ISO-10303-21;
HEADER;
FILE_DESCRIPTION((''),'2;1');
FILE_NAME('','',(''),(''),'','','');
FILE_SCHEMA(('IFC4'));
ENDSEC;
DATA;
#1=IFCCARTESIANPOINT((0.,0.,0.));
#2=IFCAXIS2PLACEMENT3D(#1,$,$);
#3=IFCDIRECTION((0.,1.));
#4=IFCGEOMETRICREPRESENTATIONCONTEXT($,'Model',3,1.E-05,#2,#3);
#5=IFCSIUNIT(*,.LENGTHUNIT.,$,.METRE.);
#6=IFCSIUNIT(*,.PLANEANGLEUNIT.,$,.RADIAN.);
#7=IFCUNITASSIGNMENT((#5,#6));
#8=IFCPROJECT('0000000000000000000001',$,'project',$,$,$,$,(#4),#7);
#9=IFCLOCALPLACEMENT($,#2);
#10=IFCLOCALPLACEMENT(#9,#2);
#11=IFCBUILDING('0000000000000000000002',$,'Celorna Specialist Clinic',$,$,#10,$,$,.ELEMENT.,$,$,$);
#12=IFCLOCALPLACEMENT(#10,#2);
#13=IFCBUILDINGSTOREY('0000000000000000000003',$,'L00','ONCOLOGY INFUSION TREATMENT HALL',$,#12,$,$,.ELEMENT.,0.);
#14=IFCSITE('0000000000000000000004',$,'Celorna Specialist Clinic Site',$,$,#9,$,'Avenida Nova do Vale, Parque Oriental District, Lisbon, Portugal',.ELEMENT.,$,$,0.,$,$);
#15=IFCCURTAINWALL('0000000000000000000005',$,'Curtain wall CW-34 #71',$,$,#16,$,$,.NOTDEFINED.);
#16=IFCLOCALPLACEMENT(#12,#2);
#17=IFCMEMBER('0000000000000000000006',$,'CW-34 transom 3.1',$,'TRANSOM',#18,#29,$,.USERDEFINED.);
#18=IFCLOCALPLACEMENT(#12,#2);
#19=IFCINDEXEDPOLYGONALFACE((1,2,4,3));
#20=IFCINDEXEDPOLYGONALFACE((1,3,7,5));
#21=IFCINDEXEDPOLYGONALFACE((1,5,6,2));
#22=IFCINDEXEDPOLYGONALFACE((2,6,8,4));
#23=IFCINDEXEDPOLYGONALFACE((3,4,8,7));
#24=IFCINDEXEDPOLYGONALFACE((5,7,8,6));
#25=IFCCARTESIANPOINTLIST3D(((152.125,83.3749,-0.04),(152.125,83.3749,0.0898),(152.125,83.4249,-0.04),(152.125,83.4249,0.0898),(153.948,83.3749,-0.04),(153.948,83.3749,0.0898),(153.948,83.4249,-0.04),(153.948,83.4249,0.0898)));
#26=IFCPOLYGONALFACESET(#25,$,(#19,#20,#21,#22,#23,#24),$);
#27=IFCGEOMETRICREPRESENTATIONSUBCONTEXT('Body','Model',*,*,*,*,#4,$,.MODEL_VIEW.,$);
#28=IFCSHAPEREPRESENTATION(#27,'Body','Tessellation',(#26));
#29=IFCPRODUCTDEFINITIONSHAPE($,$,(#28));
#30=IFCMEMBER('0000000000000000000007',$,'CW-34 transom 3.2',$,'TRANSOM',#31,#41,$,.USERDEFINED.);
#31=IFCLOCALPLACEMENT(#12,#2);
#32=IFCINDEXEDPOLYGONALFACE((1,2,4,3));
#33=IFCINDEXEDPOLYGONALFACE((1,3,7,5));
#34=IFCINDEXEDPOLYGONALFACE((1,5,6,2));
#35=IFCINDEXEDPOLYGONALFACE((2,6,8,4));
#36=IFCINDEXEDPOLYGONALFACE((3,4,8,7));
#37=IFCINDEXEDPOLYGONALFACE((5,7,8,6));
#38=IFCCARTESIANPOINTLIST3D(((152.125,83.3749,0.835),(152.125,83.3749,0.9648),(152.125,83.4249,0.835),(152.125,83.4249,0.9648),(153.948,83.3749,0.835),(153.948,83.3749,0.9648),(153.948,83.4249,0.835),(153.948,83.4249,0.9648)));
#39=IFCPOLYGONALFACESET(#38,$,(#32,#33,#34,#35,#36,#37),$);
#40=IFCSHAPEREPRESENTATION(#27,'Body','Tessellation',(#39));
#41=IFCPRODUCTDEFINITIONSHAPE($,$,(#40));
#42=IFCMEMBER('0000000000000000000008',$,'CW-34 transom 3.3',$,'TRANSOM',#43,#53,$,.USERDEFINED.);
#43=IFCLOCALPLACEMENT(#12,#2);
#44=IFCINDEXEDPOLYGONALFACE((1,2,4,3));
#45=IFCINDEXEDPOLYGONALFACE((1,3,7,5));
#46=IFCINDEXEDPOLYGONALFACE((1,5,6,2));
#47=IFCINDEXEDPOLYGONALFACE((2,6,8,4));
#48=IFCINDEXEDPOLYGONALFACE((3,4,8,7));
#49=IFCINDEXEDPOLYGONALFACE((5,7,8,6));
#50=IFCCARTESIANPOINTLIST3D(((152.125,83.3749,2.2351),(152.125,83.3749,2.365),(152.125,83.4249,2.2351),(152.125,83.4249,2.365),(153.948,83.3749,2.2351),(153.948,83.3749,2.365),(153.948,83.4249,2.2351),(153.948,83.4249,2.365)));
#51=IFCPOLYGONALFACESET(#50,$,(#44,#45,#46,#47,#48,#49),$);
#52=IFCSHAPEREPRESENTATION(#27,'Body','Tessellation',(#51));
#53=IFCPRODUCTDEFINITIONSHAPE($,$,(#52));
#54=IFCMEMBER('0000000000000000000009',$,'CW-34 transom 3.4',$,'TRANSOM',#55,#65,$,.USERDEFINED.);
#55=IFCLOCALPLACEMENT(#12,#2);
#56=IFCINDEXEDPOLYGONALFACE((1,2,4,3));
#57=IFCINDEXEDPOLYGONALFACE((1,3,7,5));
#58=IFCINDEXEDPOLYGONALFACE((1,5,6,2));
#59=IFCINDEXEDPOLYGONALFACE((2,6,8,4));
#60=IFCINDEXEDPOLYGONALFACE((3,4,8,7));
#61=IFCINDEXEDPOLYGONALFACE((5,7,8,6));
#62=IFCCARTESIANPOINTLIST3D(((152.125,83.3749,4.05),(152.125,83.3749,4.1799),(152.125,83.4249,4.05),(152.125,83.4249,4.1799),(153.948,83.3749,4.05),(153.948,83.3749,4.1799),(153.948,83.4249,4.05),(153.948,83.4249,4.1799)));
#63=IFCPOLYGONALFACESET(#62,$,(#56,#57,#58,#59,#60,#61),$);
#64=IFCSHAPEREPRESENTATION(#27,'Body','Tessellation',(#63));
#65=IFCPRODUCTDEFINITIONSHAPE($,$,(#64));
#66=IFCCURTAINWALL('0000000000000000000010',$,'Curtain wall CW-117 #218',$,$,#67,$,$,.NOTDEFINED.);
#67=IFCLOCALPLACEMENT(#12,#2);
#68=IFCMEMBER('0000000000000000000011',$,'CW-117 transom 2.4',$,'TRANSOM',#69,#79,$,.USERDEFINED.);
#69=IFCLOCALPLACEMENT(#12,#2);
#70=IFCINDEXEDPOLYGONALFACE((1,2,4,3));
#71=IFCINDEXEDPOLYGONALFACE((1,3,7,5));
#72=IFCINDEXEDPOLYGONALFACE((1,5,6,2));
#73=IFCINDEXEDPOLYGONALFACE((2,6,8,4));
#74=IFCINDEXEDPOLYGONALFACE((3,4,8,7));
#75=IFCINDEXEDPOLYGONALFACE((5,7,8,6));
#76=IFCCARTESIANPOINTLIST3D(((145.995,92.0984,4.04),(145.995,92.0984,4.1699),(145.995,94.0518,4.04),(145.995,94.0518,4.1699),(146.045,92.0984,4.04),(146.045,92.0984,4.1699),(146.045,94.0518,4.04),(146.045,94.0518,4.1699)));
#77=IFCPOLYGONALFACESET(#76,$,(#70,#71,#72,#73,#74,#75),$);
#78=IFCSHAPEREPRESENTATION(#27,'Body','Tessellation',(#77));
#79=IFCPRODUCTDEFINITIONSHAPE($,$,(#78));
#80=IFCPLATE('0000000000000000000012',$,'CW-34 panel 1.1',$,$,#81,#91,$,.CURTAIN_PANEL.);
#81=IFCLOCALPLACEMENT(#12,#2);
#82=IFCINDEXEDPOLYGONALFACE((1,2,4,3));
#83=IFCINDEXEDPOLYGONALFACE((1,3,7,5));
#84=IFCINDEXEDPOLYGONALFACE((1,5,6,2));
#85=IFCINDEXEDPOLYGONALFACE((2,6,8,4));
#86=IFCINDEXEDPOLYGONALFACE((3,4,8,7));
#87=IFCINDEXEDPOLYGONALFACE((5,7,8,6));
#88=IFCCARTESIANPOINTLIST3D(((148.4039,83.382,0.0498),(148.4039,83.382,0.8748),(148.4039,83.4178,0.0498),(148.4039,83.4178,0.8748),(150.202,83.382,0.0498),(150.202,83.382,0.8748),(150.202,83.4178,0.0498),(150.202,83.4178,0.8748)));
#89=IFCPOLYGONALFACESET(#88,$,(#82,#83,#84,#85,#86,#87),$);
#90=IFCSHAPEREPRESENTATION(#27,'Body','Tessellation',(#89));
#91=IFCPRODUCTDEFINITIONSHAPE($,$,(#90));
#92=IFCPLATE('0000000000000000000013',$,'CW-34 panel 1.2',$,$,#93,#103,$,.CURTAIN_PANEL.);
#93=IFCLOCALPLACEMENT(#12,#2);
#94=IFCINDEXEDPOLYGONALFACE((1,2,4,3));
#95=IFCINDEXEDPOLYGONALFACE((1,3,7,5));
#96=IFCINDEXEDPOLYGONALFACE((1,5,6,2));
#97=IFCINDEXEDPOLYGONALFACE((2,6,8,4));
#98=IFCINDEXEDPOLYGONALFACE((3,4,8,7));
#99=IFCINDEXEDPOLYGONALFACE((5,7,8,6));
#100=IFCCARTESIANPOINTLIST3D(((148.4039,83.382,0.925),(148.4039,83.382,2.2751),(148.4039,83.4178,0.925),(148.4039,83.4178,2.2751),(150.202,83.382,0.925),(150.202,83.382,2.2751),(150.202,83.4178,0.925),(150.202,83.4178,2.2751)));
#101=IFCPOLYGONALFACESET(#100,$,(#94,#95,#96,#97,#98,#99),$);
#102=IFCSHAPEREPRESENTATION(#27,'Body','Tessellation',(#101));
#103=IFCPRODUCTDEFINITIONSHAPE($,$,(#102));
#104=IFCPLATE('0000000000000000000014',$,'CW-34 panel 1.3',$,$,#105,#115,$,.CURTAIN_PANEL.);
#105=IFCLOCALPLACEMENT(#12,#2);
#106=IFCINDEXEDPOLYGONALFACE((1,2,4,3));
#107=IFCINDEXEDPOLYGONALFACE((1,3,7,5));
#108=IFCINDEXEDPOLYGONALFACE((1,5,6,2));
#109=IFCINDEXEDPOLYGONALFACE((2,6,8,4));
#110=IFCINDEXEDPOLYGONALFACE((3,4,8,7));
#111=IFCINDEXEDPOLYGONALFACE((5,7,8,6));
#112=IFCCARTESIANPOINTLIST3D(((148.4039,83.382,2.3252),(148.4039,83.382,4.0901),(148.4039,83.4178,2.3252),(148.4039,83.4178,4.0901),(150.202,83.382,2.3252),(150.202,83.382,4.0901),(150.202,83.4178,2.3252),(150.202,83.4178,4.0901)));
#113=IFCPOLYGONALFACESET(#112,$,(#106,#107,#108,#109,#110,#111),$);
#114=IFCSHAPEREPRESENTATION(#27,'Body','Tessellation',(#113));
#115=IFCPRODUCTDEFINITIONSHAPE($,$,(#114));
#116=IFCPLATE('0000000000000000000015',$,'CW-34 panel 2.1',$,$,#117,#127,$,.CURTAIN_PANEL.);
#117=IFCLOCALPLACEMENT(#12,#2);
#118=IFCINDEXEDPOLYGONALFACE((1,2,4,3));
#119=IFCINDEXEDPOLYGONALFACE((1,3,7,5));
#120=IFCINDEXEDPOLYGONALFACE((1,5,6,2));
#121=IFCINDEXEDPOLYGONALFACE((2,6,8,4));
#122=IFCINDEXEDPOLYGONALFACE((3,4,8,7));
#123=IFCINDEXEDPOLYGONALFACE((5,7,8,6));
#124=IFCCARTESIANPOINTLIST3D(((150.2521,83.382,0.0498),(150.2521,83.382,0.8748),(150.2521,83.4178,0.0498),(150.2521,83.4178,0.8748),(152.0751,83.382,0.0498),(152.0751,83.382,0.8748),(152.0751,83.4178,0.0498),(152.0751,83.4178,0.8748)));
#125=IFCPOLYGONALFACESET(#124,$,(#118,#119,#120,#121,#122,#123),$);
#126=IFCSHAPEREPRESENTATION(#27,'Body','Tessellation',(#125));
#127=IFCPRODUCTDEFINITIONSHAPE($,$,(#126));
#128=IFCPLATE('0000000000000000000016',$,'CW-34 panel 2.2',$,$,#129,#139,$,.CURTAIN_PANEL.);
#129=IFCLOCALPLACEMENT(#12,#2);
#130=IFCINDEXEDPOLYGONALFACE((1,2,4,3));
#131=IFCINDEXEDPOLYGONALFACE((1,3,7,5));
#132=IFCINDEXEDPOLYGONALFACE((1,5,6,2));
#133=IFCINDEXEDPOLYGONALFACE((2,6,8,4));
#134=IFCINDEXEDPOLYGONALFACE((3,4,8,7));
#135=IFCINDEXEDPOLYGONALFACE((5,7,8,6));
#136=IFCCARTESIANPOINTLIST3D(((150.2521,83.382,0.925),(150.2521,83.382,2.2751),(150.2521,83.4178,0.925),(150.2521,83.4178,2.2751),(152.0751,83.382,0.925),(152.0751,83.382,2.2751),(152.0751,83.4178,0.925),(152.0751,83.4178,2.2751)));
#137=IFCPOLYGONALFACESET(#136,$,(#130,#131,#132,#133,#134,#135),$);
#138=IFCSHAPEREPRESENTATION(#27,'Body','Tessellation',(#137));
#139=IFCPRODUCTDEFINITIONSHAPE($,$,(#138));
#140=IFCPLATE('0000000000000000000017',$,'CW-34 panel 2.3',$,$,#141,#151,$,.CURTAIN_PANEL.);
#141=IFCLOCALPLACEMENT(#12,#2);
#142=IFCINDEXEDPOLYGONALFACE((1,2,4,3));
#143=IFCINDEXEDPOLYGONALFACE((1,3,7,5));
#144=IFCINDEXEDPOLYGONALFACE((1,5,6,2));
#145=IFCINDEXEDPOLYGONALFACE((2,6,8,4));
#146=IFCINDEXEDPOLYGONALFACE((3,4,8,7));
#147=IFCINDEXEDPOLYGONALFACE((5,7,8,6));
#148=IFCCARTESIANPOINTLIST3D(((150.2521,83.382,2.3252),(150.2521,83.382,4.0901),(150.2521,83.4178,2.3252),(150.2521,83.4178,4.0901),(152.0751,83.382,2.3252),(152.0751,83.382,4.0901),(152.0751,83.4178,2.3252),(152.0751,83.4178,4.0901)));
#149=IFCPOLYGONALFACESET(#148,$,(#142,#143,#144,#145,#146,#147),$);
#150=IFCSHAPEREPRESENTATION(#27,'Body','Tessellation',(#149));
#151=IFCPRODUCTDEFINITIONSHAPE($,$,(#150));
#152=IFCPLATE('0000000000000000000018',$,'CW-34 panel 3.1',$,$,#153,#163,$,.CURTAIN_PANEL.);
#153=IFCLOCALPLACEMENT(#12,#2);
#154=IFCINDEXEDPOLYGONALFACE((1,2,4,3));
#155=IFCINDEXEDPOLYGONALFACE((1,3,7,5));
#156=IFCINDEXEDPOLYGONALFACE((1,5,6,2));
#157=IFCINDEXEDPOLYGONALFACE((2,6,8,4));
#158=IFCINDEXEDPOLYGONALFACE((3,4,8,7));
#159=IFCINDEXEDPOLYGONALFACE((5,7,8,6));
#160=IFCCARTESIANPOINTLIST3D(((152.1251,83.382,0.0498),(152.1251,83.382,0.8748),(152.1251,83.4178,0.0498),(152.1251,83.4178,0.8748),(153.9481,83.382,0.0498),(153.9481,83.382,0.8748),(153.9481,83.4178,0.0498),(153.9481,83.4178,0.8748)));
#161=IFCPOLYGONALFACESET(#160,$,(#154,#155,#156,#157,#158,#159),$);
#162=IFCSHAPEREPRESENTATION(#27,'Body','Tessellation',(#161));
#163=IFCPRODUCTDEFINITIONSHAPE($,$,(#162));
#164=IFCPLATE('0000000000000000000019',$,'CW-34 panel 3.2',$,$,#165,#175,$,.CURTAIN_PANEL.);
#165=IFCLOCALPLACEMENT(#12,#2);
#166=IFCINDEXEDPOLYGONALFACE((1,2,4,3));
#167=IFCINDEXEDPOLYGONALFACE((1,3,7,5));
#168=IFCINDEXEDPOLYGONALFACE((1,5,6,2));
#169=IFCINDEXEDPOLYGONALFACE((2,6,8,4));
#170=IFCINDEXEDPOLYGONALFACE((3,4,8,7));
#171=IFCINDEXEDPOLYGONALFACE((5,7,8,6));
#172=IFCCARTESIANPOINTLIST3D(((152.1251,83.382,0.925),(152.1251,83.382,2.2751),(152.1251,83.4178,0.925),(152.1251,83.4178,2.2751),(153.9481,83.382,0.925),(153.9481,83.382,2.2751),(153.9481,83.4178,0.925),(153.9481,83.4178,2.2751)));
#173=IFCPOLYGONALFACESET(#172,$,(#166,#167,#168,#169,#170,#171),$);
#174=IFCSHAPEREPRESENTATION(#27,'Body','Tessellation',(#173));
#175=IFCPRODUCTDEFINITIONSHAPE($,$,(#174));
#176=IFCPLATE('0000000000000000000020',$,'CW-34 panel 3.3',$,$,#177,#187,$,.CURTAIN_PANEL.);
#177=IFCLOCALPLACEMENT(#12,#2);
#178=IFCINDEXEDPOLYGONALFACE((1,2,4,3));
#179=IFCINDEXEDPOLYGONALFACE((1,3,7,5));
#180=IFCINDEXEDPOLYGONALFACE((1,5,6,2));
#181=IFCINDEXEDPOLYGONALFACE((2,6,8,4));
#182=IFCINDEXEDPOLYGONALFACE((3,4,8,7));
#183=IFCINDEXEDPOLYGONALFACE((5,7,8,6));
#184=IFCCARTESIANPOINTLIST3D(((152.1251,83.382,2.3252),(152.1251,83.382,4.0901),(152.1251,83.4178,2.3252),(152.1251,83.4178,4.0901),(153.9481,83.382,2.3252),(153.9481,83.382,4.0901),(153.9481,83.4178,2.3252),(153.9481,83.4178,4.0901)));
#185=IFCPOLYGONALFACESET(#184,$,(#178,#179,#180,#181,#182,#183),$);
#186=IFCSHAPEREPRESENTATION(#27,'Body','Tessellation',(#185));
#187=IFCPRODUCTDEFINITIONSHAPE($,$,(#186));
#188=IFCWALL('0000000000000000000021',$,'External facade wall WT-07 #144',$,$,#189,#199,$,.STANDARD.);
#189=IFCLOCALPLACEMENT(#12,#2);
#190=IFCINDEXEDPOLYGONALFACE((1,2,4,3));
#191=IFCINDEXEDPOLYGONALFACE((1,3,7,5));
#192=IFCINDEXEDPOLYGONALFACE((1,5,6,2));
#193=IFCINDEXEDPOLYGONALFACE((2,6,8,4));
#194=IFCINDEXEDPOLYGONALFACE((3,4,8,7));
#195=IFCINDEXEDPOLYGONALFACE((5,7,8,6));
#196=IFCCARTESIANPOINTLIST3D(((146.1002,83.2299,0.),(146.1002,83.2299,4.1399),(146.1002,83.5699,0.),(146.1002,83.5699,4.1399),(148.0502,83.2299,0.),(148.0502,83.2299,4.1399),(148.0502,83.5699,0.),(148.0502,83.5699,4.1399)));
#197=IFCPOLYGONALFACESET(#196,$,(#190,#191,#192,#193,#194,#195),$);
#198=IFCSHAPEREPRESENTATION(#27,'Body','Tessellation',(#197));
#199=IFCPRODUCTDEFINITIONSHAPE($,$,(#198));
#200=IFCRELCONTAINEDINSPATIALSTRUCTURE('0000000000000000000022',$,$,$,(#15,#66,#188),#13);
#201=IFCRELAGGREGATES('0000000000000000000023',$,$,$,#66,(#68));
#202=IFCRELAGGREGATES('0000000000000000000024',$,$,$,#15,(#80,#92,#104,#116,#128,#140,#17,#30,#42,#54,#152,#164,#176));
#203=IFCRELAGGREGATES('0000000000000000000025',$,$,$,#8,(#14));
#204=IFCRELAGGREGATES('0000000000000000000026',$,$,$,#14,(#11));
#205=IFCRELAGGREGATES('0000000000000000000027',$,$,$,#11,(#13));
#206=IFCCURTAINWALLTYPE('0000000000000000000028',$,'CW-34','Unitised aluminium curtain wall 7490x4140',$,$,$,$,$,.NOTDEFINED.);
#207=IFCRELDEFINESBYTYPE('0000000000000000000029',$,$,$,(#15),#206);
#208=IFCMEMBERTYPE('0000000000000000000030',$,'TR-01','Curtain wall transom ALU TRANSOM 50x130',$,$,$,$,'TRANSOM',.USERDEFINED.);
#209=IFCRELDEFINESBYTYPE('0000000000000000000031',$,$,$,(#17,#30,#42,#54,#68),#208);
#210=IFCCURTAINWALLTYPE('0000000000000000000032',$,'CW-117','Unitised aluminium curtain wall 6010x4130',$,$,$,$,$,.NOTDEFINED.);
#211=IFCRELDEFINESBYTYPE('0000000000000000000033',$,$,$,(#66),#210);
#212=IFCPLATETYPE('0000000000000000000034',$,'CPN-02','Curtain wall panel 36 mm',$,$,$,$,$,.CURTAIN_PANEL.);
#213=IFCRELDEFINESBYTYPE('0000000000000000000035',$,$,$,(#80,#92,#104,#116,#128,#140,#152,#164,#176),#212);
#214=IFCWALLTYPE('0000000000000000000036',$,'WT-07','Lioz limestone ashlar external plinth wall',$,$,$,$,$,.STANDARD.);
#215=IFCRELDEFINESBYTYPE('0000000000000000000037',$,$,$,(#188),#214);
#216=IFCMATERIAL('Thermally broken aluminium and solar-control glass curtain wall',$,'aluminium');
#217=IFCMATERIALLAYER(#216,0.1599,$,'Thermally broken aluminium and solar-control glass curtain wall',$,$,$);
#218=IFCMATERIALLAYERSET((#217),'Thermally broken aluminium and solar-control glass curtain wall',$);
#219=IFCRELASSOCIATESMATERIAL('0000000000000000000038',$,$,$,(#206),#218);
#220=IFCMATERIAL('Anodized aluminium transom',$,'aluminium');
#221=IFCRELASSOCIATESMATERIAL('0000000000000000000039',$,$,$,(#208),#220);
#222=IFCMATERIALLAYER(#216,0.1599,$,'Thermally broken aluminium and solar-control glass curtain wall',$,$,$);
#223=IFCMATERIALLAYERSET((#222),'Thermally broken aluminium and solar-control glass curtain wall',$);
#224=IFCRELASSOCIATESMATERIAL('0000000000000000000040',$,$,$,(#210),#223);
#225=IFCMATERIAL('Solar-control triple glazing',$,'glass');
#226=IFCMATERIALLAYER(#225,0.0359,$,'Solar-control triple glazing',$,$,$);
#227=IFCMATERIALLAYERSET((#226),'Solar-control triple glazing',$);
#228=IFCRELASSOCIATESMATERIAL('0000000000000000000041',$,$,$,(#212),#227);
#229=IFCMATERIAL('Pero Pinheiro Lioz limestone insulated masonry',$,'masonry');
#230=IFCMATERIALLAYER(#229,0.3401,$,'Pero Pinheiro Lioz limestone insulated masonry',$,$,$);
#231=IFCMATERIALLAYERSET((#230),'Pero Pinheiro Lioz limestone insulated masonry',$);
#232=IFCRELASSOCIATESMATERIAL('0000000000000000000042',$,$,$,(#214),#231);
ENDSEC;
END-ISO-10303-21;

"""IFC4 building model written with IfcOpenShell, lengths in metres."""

from ifc_helpers import new_model, si_unit, direction, frame, frame_2d, origin, origin_2d, place, context, subcontext, project, spatial, rectangle, extrude, material, layer, layer_set, material_profile, profile_set, type_object, element, aggregate, save


model = new_model("IFC4")

# Units and contexts
model_context = context("Model", 3, precision=1e-05, world=origin(), true_north=direction((0.0, 1.0)))
body_context = subcontext(model_context, "Body", "Model", "MODEL_VIEW")
ifc_project = project(units=[si_unit("LENGTHUNIT", "METRE"), si_unit("PLANEANGLEUNIT", "RADIAN")], contexts=[model_context])

# Site, building, storey
site_placement = place(None, origin())
site = spatial("IfcSite", under=ifc_project, at=site_placement, Name="Celorna Specialist Clinic Site", LongName="Avenida Nova do Vale, Parque Oriental District, Lisbon, Portugal", CompositionType="ELEMENT", RefElevation=0.0)
building_placement = place(site_placement, origin())
building = spatial("IfcBuilding", under=site, at=building_placement, Name="Celorna Specialist Clinic", CompositionType="ELEMENT")
storey_placement = place(building_placement, origin())
storey = spatial("IfcBuildingStorey", under=building, at=storey_placement, Name="L00", Description="ONCOLOGY INFUSION TREATMENT HALL", CompositionType="ELEMENT", Elevation=0.0)

# Curtain wall, members
ifc_material_1 = material(Name="Thermally broken aluminium and solar-control glass curtain wall", Category="aluminium")
ifc_layer_1 = layer(ifc_material_1, 0.1599, Name="Thermally broken aluminium and solar-control glass curtain wall")
ifc_layer_set_1 = layer_set([ifc_layer_1], Name="Thermally broken aluminium and solar-control glass curtain wall")
curtain_wall_type_1 = type_object("IfcCurtainWallType", Name="CW-34", Description="Unitised aluminium curtain wall 7490x4140", PredefinedType="NOTDEFINED", material=ifc_layer_set_1)
curtain_wall_1_placement = place(storey_placement, origin())
curtain_wall_1 = element("IfcCurtainWall", 1, at=curtain_wall_1_placement, inside=storey, type_object=curtain_wall_type_1, Name="Curtain wall CW-34 #71", PredefinedType="NOTDEFINED")
ifc_material_2 = material(Name="Anodized aluminium transom", Category="aluminium")
ifc_material_profile_1 = material_profile(ifc_material_2, rectangle(XDim=0.05, YDim=0.1299, at=origin_2d()), Name="ALU TRANSOM 50x130")
ifc_profile_set_1 = profile_set([ifc_material_profile_1], Name="Anodized aluminium transom")
member_type_1 = type_object("IfcMemberType", Name="TR-01", Description="Curtain wall transom ALU TRANSOM 50x130", ElementType="TRANSOM", PredefinedType="USERDEFINED", material=ifc_profile_set_1)
member_1_placement = place(storey_placement, frame((152.125, 83.3999, 0.0249), z_axis=(1.0, 0.0, 0.0), x_axis=(0.0, 1.0, 0.0)))
member_1 = element("IfcMember", 2, at=member_1_placement, type_object=member_type_1, Name="CW-34 transom 3.1", ObjectType="TRANSOM", PredefinedType="USERDEFINED", context=body_context, shape_type="SweptSolid", body=[
    extrude(rectangle(XDim=0.05, YDim=0.1299, at=origin_2d()), origin(), (0.0, 0.0, 1.0), 1.823),
])
member_2_placement = place(storey_placement, frame((152.125, 83.3999, 0.8999), z_axis=(1.0, 0.0, 0.0), x_axis=(0.0, 1.0, 0.0)))
member_2 = element("IfcMember", 3, at=member_2_placement, type_object=member_type_1, Name="CW-34 transom 3.2", ObjectType="TRANSOM", PredefinedType="USERDEFINED", context=body_context, shape_type="SweptSolid", body=[
    extrude(rectangle(XDim=0.05, YDim=0.1299, at=origin_2d()), origin(), (0.0, 0.0, 1.0), 1.823),
])
member_3_placement = place(storey_placement, frame((152.125, 83.3999, 2.3), z_axis=(1.0, 0.0, 0.0), x_axis=(0.0, 1.0, 0.0)))
member_3 = element("IfcMember", 4, at=member_3_placement, type_object=member_type_1, Name="CW-34 transom 3.3", ObjectType="TRANSOM", PredefinedType="USERDEFINED", context=body_context, shape_type="SweptSolid", body=[
    extrude(rectangle(XDim=0.05, YDim=0.1299, at=origin_2d()), origin(), (0.0, 0.0, 1.0), 1.823),
])
member_4_placement = place(storey_placement, frame((152.125, 83.3999, 4.115), z_axis=(1.0, 0.0, 0.0), x_axis=(0.0, 1.0, 0.0)))
member_4 = element("IfcMember", 5, at=member_4_placement, type_object=member_type_1, Name="CW-34 transom 3.4", ObjectType="TRANSOM", PredefinedType="USERDEFINED", context=body_context, shape_type="SweptSolid", body=[
    extrude(rectangle(XDim=0.05, YDim=0.1299, at=origin_2d()), origin(), (0.0, 0.0, 1.0), 1.823),
])

# Curtain wall, member
ifc_layer_2 = layer(ifc_material_1, 0.1599, Name="Thermally broken aluminium and solar-control glass curtain wall")
ifc_layer_set_2 = layer_set([ifc_layer_2], Name="Thermally broken aluminium and solar-control glass curtain wall")
curtain_wall_type_2 = type_object("IfcCurtainWallType", Name="CW-117", Description="Unitised aluminium curtain wall 6010x4130", PredefinedType="NOTDEFINED", material=ifc_layer_set_2)
curtain_wall_2_placement = place(storey_placement, origin())
curtain_wall_2 = element("IfcCurtainWall", 6, at=curtain_wall_2_placement, inside=storey, type_object=curtain_wall_type_2, Name="Curtain wall CW-117 #218", PredefinedType="NOTDEFINED")
member_5_placement = place(storey_placement, frame((146.02, 94.0518, 4.105), z_axis=(0.0, -1.0, 0.0), x_axis=(1.0, 0.0, 0.0)))
member_5 = element("IfcMember", 7, at=member_5_placement, type_object=member_type_1, Name="CW-117 transom 2.4", ObjectType="TRANSOM", PredefinedType="USERDEFINED", context=body_context, shape_type="SweptSolid", body=[
    extrude(rectangle(XDim=0.05, YDim=0.1299, at=origin_2d()), origin(), (0.0, 0.0, 1.0), 1.9534),
])
aggregate(curtain_wall_2, [member_5])

# Plates
ifc_material_3 = material(Name="Solar-control triple glazing", Category="glass")
ifc_layer_3 = layer(ifc_material_3, 0.0359, Name="Solar-control triple glazing")
ifc_layer_set_3 = layer_set([ifc_layer_3], Name="Solar-control triple glazing")
plate_type = type_object("IfcPlateType", Name="CPN-02", Description="Curtain wall panel 36 mm", PredefinedType="CURTAIN_PANEL", material=ifc_layer_set_3)
plate_1_placement = place(storey_placement, frame((149.303, 83.3999, 0.0498), z_axis=(0.0, 0.0, 1.0), x_axis=(1.0, 0.0, 0.0)))
plate_1 = element("IfcPlate", 8, at=plate_1_placement, type_object=plate_type, Name="CW-34 panel 1.1", PredefinedType="CURTAIN_PANEL", context=body_context, shape_type="SweptSolid", body=[
    extrude(rectangle(XDim=1.7981, YDim=0.0359, at=origin_2d()), origin(), (0.0, 0.0, 1.0), 0.825),
])
plate_2_placement = place(storey_placement, frame((149.303, 83.3999, 0.925), z_axis=(0.0, 0.0, 1.0), x_axis=(1.0, 0.0, 0.0)))
plate_2 = element("IfcPlate", 9, at=plate_2_placement, type_object=plate_type, Name="CW-34 panel 1.2", PredefinedType="CURTAIN_PANEL", context=body_context, shape_type="SweptSolid", body=[
    extrude(rectangle(XDim=1.7981, YDim=0.0359, at=origin_2d()), origin(), (0.0, 0.0, 1.0), 1.3501),
])
plate_3_placement = place(storey_placement, frame((149.303, 83.3999, 2.3252), z_axis=(0.0, 0.0, 1.0), x_axis=(1.0, 0.0, 0.0)))
plate_3 = element("IfcPlate", 10, at=plate_3_placement, type_object=plate_type, Name="CW-34 panel 1.3", PredefinedType="CURTAIN_PANEL", context=body_context, shape_type="SweptSolid", body=[
    extrude(rectangle(XDim=1.7981, YDim=0.0359, at=origin_2d()), origin(), (0.0, 0.0, 1.0), 1.7649),
])
plate_4_placement = place(storey_placement, frame((151.1636, 83.3999, 0.0498), z_axis=(0.0, 0.0, 1.0), x_axis=(1.0, 0.0, 0.0)))
plate_4 = element("IfcPlate", 11, at=plate_4_placement, type_object=plate_type, Name="CW-34 panel 2.1", PredefinedType="CURTAIN_PANEL", context=body_context, shape_type="SweptSolid", body=[
    extrude(rectangle(XDim=1.823, YDim=0.0359, at=origin_2d()), origin(), (0.0, 0.0, 1.0), 0.825),
])
plate_5_placement = place(storey_placement, frame((151.1636, 83.3999, 0.925), z_axis=(0.0, 0.0, 1.0), x_axis=(1.0, 0.0, 0.0)))
plate_5 = element("IfcPlate", 12, at=plate_5_placement, type_object=plate_type, Name="CW-34 panel 2.2", PredefinedType="CURTAIN_PANEL", context=body_context, shape_type="SweptSolid", body=[
    extrude(rectangle(XDim=1.823, YDim=0.0359, at=origin_2d()), origin(), (0.0, 0.0, 1.0), 1.3501),
])
plate_6_placement = place(storey_placement, frame((151.1636, 83.3999, 2.3252), z_axis=(0.0, 0.0, 1.0), x_axis=(1.0, 0.0, 0.0)))
plate_6 = element("IfcPlate", 13, at=plate_6_placement, type_object=plate_type, Name="CW-34 panel 2.3", PredefinedType="CURTAIN_PANEL", context=body_context, shape_type="SweptSolid", body=[
    extrude(rectangle(XDim=1.823, YDim=0.0359, at=origin_2d()), origin(), (0.0, 0.0, 1.0), 1.7649),
])
plate_7_placement = place(storey_placement, frame((153.0366, 83.3999, 0.0498), z_axis=(0.0, 0.0, 1.0), x_axis=(1.0, 0.0, 0.0)))
plate_7 = element("IfcPlate", 14, at=plate_7_placement, type_object=plate_type, Name="CW-34 panel 3.1", PredefinedType="CURTAIN_PANEL", context=body_context, shape_type="SweptSolid", body=[
    extrude(rectangle(XDim=1.823, YDim=0.0359, at=origin_2d()), origin(), (0.0, 0.0, 1.0), 0.825),
])
plate_8_placement = place(storey_placement, frame((153.0366, 83.3999, 0.925), z_axis=(0.0, 0.0, 1.0), x_axis=(1.0, 0.0, 0.0)))
plate_8 = element("IfcPlate", 15, at=plate_8_placement, type_object=plate_type, Name="CW-34 panel 3.2", PredefinedType="CURTAIN_PANEL", context=body_context, shape_type="SweptSolid", body=[
    extrude(rectangle(XDim=1.823, YDim=0.0359, at=origin_2d()), origin(), (0.0, 0.0, 1.0), 1.3501),
])
plate_9_placement = place(storey_placement, frame((153.0366, 83.3999, 2.3252), z_axis=(0.0, 0.0, 1.0), x_axis=(1.0, 0.0, 0.0)))
plate_9 = element("IfcPlate", 16, at=plate_9_placement, type_object=plate_type, Name="CW-34 panel 3.3", PredefinedType="CURTAIN_PANEL", context=body_context, shape_type="SweptSolid", body=[
    extrude(rectangle(XDim=1.823, YDim=0.0359, at=origin_2d()), origin(), (0.0, 0.0, 1.0), 1.7649),
])
aggregate(curtain_wall_1, [plate_1, plate_2, plate_3, plate_4, plate_5, plate_6, member_1, member_2, member_3, member_4, plate_7, plate_8, plate_9])

# Wall
ifc_material_4 = material(Name="Pero Pinheiro Lioz limestone insulated masonry", Category="masonry")
ifc_layer_4 = layer(ifc_material_4, 0.3401, Name="Pero Pinheiro Lioz limestone insulated masonry")
ifc_layer_set_4 = layer_set([ifc_layer_4], Name="Pero Pinheiro Lioz limestone insulated masonry")
wall_type_1 = type_object("IfcWallType", Name="WT-07", Description="Lioz limestone ashlar external plinth wall", PredefinedType="STANDARD", material=ifc_layer_set_4)
wall_1_placement = place(storey_placement, frame((146.1001, 83.3999, 0.0), z_axis=(0.0, 0.0, 1.0), x_axis=(1.0, 0.0, 0.0)))
element("IfcWall", 17, at=wall_1_placement, inside=storey, type_object=wall_type_1, Name="External facade wall WT-07 #144", PredefinedType="STANDARD", context=body_context, shape_type="SweptSolid", body=[
    extrude(rectangle(XDim=1.95, YDim=0.3401, at=frame_2d((0.9751, 0.0))), origin(), (0.0, 0.0, 1.0), 4.1399),
])

save(model, "model.ifc")
